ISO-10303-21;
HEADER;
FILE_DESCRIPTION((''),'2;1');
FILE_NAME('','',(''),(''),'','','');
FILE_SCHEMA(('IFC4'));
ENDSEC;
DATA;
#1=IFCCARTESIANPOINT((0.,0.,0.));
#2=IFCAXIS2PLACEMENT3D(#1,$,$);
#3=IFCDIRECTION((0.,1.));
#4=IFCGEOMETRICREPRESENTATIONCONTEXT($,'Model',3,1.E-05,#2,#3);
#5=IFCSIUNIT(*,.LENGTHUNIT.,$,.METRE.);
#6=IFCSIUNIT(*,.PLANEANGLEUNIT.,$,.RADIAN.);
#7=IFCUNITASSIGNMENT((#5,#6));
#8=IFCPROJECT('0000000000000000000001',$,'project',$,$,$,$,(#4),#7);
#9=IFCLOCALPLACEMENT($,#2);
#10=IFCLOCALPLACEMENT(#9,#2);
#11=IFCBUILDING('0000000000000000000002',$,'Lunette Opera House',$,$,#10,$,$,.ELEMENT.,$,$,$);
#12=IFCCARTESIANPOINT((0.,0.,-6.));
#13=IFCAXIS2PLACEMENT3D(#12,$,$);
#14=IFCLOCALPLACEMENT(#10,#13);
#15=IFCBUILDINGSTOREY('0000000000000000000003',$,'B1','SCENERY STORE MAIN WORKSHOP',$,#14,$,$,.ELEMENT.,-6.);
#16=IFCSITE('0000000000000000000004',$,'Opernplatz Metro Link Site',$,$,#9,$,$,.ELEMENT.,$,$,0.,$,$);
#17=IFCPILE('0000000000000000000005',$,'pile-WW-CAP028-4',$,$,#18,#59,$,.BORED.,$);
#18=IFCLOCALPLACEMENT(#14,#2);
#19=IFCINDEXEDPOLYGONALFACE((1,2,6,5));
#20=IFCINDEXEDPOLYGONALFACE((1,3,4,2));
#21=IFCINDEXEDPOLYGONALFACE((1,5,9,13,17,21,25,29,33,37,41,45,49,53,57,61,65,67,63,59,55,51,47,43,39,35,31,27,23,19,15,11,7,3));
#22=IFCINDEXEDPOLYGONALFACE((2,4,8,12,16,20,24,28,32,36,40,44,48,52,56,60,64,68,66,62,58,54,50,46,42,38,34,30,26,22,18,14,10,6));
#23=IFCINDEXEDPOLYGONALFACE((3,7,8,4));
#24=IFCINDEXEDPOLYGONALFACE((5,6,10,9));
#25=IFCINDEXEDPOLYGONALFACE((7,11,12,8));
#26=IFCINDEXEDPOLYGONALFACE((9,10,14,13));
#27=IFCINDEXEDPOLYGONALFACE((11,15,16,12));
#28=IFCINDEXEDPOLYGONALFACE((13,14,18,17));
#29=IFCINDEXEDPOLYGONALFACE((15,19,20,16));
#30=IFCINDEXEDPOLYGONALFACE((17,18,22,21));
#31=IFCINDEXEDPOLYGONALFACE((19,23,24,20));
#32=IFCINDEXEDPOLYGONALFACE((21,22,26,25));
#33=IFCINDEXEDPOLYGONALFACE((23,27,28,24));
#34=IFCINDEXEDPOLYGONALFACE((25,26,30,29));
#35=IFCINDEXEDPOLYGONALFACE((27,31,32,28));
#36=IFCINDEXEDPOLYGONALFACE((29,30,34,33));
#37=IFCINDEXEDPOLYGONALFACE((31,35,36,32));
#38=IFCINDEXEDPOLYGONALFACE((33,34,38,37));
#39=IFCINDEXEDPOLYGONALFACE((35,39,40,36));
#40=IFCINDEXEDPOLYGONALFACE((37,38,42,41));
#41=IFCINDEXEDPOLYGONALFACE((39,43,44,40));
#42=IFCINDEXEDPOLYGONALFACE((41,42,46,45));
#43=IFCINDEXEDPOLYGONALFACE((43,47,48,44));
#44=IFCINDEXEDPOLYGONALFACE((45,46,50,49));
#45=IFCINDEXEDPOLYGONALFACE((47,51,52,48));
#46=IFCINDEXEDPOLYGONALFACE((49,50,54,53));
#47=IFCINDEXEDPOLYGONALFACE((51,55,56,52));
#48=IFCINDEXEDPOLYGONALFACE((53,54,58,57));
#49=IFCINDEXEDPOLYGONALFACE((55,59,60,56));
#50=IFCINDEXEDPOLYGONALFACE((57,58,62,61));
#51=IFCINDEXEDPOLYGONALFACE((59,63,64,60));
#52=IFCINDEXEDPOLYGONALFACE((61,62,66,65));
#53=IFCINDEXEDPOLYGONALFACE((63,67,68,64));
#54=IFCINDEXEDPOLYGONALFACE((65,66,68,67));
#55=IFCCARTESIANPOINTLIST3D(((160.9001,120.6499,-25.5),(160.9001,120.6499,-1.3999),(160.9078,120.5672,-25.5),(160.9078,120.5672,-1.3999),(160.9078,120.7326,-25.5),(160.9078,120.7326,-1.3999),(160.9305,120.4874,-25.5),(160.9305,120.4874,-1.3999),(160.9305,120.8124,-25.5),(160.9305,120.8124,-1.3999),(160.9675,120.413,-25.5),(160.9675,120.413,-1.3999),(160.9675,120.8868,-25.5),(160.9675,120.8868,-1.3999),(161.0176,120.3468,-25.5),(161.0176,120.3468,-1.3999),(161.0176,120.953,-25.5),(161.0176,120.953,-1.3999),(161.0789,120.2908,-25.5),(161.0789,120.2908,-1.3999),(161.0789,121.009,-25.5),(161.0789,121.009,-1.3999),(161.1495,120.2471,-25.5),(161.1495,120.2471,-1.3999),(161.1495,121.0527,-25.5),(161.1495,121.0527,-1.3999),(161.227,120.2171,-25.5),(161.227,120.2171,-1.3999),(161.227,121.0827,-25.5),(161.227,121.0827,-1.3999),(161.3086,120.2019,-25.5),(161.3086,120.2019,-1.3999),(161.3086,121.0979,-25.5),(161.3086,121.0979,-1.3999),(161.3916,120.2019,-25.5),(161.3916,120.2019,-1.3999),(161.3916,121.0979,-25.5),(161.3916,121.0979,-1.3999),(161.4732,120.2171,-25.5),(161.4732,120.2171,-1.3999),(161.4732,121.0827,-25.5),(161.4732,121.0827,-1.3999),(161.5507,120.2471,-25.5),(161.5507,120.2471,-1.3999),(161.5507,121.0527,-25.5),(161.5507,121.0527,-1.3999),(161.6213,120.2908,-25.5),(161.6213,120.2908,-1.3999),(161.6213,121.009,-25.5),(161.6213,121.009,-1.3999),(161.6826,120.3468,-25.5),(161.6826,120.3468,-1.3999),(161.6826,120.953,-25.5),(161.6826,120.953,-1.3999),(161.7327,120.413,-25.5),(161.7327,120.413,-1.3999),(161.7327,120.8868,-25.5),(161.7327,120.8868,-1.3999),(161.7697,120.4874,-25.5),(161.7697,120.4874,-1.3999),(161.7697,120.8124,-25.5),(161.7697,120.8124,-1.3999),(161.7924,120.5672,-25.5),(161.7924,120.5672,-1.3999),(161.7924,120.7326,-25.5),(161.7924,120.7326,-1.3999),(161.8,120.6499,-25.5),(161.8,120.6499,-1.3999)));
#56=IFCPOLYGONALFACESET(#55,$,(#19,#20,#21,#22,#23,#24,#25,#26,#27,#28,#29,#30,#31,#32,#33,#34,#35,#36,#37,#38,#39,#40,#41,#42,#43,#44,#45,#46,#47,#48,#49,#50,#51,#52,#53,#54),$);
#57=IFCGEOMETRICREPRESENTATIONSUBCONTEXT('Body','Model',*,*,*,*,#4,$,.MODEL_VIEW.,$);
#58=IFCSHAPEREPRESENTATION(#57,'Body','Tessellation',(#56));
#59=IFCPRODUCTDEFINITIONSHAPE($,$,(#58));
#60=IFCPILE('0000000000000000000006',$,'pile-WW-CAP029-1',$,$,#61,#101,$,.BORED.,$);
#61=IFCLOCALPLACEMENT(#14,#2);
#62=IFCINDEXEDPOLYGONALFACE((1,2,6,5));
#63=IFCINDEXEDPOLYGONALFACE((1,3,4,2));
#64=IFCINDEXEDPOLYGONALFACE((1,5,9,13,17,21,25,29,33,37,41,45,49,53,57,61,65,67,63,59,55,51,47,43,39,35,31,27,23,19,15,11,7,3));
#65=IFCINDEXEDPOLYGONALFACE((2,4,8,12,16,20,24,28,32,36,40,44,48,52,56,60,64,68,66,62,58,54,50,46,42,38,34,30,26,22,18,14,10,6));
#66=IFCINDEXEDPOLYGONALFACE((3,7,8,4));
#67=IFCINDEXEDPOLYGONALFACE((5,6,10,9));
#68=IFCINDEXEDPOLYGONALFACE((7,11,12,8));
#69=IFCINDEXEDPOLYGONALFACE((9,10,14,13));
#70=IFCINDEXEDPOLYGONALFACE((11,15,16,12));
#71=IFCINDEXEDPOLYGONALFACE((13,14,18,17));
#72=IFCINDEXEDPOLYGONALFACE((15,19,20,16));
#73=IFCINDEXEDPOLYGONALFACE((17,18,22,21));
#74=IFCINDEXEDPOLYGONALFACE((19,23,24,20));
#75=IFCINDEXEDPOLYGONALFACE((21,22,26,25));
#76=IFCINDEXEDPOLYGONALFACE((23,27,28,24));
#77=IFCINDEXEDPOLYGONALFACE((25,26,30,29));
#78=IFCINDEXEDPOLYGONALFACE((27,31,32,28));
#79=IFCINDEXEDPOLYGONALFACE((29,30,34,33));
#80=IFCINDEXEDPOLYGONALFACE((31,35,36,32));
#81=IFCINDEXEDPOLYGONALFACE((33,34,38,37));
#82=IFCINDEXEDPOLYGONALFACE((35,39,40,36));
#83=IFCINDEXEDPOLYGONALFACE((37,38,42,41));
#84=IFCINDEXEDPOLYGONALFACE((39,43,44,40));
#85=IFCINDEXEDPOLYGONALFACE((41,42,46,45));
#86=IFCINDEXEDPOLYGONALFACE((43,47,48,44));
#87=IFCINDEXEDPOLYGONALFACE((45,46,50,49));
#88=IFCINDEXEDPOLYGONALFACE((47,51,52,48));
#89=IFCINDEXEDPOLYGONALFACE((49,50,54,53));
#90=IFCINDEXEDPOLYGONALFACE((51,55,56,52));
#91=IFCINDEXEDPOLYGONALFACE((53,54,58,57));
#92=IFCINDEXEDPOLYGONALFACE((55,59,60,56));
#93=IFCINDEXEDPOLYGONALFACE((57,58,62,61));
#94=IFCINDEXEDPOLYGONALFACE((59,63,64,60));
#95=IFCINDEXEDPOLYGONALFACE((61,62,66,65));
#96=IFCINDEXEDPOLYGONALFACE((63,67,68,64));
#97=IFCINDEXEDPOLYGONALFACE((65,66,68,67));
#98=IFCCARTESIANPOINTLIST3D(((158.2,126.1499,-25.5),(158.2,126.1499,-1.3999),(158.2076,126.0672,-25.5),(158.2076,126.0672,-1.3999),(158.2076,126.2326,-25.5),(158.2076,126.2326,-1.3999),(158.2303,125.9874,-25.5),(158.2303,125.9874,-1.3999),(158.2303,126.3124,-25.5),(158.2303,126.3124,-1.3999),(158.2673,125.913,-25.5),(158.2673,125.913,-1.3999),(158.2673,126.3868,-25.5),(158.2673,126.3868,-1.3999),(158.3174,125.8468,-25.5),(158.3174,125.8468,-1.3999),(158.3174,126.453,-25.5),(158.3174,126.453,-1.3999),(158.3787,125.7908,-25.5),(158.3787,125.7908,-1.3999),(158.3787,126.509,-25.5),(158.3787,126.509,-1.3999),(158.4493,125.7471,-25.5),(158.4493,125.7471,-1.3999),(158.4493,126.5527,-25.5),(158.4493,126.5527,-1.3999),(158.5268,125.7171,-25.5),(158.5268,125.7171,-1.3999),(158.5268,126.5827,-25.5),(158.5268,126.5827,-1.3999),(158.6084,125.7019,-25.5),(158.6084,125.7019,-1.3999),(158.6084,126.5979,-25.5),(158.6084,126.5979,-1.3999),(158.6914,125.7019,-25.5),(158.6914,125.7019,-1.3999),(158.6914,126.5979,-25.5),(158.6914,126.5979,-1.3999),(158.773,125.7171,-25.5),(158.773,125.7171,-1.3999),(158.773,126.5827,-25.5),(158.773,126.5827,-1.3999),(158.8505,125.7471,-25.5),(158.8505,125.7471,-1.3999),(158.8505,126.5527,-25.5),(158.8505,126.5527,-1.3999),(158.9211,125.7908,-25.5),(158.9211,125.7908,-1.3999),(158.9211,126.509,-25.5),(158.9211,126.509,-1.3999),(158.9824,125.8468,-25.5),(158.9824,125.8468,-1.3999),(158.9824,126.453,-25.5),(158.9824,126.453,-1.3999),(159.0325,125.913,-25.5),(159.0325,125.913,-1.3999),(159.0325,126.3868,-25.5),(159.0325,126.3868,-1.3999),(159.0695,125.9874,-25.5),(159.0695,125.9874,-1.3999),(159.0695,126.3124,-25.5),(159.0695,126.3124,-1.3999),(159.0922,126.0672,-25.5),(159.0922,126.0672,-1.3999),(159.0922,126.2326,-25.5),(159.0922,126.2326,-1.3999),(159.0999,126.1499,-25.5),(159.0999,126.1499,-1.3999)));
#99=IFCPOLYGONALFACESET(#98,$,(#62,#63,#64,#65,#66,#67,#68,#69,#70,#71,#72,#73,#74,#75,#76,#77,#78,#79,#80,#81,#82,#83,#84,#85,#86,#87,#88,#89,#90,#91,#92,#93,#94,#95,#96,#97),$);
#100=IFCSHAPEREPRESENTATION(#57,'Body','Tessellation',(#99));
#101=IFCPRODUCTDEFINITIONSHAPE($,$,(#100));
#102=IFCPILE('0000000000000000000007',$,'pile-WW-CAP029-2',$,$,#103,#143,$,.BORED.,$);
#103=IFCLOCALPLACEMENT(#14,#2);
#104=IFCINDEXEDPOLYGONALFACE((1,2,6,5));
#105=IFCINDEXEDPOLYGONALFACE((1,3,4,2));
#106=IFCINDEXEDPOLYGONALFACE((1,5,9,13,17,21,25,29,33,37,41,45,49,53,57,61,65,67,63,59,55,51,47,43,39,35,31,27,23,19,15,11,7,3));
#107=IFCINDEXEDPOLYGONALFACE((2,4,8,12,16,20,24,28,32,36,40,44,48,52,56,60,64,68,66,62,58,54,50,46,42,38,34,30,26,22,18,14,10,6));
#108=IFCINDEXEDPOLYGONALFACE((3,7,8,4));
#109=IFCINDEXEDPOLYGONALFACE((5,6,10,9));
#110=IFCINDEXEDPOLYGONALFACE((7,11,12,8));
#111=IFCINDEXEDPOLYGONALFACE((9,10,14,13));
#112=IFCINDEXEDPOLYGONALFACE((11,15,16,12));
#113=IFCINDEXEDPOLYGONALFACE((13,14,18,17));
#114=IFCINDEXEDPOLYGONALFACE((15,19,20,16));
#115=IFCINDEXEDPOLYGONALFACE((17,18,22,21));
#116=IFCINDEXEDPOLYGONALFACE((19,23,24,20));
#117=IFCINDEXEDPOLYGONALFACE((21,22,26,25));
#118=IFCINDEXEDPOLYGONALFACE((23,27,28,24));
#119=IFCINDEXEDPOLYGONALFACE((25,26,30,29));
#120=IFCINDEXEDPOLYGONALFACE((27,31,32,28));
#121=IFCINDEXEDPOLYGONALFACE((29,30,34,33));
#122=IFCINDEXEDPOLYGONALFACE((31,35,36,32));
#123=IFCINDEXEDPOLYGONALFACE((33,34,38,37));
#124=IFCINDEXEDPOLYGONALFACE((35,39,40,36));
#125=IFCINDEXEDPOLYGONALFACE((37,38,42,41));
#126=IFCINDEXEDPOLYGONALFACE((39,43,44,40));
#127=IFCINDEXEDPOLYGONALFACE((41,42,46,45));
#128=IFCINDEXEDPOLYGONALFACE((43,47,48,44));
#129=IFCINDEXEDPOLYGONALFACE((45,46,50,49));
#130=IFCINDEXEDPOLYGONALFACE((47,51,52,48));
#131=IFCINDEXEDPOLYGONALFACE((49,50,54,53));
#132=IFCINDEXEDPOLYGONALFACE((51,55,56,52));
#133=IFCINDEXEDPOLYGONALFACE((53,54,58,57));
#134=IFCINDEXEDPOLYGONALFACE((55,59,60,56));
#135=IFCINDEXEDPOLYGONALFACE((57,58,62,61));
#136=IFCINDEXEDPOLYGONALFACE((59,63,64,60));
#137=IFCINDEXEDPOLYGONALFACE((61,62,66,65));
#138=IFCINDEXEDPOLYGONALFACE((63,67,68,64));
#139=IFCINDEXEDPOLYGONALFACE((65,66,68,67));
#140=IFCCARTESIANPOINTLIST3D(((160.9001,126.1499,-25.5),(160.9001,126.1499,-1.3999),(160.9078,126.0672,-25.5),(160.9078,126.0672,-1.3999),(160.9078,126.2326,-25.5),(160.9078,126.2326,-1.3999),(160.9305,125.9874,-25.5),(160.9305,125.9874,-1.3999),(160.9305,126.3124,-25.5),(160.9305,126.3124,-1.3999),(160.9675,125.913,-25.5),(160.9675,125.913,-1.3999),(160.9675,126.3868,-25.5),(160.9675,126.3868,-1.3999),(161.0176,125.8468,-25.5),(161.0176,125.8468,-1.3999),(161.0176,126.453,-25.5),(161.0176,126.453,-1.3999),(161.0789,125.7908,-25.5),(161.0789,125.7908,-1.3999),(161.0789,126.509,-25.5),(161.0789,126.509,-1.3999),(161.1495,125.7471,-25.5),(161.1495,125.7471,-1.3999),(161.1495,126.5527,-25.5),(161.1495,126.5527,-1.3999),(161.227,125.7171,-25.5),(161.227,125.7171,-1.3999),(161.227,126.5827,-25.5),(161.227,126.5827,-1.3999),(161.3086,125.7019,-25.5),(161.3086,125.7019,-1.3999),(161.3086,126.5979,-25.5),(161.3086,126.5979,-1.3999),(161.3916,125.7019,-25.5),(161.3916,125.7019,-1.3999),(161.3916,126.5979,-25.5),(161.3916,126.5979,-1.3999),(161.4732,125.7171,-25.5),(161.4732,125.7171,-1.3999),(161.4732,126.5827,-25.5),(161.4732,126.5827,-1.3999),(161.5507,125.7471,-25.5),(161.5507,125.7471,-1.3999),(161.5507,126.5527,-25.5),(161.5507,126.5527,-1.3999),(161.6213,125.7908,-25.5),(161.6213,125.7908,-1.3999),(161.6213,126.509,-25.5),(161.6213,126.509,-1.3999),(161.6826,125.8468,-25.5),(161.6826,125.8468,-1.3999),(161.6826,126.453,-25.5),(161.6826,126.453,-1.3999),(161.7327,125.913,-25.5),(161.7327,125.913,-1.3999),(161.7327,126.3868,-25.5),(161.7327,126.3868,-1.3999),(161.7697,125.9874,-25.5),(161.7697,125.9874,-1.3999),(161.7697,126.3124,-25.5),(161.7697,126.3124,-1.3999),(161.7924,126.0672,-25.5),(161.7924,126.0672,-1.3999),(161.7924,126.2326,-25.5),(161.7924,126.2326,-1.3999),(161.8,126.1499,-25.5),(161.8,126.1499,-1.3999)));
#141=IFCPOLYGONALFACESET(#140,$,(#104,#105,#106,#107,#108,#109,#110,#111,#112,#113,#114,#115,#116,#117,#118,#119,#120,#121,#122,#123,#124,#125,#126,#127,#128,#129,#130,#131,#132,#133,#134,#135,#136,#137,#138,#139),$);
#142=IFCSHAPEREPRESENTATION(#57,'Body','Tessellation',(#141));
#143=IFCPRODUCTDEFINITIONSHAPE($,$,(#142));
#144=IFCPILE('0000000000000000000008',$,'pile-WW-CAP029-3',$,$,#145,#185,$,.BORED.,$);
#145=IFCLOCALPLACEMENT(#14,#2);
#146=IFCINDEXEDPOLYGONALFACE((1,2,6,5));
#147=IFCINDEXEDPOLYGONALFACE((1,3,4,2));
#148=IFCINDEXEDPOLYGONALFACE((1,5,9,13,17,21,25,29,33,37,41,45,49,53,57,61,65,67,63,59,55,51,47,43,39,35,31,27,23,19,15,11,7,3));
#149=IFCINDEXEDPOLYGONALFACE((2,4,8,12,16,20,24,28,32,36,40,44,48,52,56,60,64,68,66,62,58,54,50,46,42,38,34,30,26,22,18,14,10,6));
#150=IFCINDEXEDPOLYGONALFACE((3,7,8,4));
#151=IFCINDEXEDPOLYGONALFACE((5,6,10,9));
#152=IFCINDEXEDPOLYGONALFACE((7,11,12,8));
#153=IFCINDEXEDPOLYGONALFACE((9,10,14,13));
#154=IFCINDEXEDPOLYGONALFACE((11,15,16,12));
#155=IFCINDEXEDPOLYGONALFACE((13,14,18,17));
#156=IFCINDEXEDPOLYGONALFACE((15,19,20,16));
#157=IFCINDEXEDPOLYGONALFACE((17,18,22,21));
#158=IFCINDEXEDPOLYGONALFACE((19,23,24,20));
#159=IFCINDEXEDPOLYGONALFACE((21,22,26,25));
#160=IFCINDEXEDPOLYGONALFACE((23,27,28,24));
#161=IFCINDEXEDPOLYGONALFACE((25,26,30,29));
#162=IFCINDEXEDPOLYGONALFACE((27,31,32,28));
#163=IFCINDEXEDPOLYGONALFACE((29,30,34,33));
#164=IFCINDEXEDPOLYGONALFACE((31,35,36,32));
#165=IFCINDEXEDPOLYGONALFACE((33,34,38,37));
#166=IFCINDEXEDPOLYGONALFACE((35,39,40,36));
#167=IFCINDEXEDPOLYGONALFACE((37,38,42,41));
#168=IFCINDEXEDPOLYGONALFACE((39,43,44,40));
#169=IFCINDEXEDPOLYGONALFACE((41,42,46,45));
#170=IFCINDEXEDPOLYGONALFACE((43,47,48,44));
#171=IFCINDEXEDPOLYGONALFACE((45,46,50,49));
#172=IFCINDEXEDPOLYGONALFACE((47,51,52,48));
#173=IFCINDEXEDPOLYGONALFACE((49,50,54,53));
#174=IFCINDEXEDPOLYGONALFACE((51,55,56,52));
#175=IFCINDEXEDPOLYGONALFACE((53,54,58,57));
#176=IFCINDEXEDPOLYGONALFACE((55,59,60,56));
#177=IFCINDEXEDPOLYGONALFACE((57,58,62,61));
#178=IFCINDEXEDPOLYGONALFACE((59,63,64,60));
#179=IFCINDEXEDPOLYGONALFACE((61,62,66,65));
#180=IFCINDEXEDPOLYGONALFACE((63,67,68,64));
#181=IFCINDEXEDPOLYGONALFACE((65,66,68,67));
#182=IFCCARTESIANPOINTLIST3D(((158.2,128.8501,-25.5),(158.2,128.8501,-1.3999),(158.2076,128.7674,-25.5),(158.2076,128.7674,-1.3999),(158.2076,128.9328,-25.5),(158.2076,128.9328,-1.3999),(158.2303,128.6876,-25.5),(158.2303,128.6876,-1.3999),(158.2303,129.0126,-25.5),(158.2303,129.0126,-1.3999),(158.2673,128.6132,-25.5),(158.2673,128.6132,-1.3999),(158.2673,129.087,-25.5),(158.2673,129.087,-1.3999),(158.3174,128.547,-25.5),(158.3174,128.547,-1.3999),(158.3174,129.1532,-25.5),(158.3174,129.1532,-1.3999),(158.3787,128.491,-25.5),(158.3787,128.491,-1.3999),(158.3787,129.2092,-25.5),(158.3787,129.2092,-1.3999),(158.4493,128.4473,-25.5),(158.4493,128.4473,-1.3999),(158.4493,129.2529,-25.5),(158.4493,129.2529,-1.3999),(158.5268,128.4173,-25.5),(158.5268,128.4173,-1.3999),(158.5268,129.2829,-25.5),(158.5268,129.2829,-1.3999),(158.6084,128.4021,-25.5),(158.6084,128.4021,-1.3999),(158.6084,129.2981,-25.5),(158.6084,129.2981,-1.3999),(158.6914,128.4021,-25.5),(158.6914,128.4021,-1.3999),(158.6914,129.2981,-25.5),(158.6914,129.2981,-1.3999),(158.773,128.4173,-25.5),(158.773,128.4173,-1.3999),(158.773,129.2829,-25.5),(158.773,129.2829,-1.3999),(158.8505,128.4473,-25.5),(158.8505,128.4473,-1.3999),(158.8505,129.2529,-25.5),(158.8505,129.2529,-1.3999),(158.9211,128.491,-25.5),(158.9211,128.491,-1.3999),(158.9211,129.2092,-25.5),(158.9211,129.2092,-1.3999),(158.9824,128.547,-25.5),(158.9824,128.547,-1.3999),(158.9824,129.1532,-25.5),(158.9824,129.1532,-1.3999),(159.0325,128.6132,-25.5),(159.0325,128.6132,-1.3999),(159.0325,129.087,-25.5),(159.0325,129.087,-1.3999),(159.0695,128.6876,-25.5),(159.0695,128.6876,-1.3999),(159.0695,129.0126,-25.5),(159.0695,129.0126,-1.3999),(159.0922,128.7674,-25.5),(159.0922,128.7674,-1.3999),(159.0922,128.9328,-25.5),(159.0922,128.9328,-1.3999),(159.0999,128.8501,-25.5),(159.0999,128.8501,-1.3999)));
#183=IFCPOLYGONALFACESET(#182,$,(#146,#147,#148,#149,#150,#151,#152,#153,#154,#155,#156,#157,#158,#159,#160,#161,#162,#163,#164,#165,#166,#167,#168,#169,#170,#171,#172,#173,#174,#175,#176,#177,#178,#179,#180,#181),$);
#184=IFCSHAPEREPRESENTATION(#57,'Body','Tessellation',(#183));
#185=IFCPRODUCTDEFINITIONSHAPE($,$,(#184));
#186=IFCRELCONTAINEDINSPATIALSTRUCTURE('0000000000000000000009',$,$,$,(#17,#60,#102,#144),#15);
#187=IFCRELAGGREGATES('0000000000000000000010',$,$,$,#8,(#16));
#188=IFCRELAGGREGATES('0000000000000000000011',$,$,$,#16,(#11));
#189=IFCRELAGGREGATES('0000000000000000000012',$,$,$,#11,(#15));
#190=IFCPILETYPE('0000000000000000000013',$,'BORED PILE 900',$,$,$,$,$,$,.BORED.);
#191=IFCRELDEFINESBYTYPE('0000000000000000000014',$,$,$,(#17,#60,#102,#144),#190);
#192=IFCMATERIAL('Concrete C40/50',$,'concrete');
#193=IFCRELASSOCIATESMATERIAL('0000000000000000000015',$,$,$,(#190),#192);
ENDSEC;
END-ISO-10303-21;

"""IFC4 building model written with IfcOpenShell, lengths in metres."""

from ifc_helpers import new_model, si_unit, direction, frame, origin, origin_2d, place, context, subcontext, project, spatial, circle, extrude, material, material_profile, profile_set, type_object, element, save


model = new_model("IFC4")

# Units and contexts
model_context = context("Model", 3, precision=1e-05, world=origin(), true_north=direction((0.0, 1.0)))
body_context = subcontext(model_context, "Body", "Model", "MODEL_VIEW")
ifc_project = project(units=[si_unit("LENGTHUNIT", "METRE"), si_unit("PLANEANGLEUNIT", "RADIAN")], contexts=[model_context])

# Site, building, storey
site_placement = place(None, origin())
site = spatial("IfcSite", under=ifc_project, at=site_placement, Name="Opernplatz Metro Link Site", CompositionType="ELEMENT", RefElevation=0.0)
building_placement = place(site_placement, origin())
building = spatial("IfcBuilding", under=site, at=building_placement, Name="Lunette Opera House", CompositionType="ELEMENT")
storey_placement = place(building_placement, frame((0.0, 0.0, -6.0)))
storey = spatial("IfcBuildingStorey", under=building, at=storey_placement, Name="B1", Description="SCENERY STORE MAIN WORKSHOP", CompositionType="ELEMENT", Elevation=-6.0)

# Piles
ifc_material_1 = material(Name="Concrete C40/50", Category="concrete")
ifc_material_profile_1 = material_profile(ifc_material_1, circle(Radius=0.45, at=origin_2d()), Name="BORED PILE 900")
ifc_profile_set_1 = profile_set([ifc_material_profile_1], Name="Concrete C40/50")
pile_type = type_object("IfcPileType", Name="BORED PILE 900", PredefinedType="BORED", material=ifc_profile_set_1)
for number, where, z_axis, x_axis, name in (
    (1, (161.3501, 120.6499, -1.3999), (0.0, 0.0, -1.0), (1.0, 0.0, 0.0), "pile-WW-CAP028-4"),
    (2, (158.6499, 126.1499, -1.3999), (0.0, 0.0, -1.0), (1.0, 0.0, 0.0), "pile-WW-CAP029-1"),
    (3, (161.3501, 126.1499, -1.3999), (0.0, 0.0, -1.0), (1.0, 0.0, 0.0), "pile-WW-CAP029-2"),
    (4, (158.6499, 128.8501, -1.3999), (0.0, 0.0, -1.0), (1.0, 0.0, 0.0), "pile-WW-CAP029-3"),
):
    element("IfcPile", number, at=place(storey_placement, frame(where, z_axis=z_axis, x_axis=x_axis)), inside=storey, type_object=pile_type, Name=name, PredefinedType="BORED", context=body_context, shape_type="SweptSolid", body=[
        extrude(circle(Radius=0.45, at=origin_2d()), origin(), (0.0, 0.0, 1.0), 24.1001),
    ])

save(model, "model.ifc")
